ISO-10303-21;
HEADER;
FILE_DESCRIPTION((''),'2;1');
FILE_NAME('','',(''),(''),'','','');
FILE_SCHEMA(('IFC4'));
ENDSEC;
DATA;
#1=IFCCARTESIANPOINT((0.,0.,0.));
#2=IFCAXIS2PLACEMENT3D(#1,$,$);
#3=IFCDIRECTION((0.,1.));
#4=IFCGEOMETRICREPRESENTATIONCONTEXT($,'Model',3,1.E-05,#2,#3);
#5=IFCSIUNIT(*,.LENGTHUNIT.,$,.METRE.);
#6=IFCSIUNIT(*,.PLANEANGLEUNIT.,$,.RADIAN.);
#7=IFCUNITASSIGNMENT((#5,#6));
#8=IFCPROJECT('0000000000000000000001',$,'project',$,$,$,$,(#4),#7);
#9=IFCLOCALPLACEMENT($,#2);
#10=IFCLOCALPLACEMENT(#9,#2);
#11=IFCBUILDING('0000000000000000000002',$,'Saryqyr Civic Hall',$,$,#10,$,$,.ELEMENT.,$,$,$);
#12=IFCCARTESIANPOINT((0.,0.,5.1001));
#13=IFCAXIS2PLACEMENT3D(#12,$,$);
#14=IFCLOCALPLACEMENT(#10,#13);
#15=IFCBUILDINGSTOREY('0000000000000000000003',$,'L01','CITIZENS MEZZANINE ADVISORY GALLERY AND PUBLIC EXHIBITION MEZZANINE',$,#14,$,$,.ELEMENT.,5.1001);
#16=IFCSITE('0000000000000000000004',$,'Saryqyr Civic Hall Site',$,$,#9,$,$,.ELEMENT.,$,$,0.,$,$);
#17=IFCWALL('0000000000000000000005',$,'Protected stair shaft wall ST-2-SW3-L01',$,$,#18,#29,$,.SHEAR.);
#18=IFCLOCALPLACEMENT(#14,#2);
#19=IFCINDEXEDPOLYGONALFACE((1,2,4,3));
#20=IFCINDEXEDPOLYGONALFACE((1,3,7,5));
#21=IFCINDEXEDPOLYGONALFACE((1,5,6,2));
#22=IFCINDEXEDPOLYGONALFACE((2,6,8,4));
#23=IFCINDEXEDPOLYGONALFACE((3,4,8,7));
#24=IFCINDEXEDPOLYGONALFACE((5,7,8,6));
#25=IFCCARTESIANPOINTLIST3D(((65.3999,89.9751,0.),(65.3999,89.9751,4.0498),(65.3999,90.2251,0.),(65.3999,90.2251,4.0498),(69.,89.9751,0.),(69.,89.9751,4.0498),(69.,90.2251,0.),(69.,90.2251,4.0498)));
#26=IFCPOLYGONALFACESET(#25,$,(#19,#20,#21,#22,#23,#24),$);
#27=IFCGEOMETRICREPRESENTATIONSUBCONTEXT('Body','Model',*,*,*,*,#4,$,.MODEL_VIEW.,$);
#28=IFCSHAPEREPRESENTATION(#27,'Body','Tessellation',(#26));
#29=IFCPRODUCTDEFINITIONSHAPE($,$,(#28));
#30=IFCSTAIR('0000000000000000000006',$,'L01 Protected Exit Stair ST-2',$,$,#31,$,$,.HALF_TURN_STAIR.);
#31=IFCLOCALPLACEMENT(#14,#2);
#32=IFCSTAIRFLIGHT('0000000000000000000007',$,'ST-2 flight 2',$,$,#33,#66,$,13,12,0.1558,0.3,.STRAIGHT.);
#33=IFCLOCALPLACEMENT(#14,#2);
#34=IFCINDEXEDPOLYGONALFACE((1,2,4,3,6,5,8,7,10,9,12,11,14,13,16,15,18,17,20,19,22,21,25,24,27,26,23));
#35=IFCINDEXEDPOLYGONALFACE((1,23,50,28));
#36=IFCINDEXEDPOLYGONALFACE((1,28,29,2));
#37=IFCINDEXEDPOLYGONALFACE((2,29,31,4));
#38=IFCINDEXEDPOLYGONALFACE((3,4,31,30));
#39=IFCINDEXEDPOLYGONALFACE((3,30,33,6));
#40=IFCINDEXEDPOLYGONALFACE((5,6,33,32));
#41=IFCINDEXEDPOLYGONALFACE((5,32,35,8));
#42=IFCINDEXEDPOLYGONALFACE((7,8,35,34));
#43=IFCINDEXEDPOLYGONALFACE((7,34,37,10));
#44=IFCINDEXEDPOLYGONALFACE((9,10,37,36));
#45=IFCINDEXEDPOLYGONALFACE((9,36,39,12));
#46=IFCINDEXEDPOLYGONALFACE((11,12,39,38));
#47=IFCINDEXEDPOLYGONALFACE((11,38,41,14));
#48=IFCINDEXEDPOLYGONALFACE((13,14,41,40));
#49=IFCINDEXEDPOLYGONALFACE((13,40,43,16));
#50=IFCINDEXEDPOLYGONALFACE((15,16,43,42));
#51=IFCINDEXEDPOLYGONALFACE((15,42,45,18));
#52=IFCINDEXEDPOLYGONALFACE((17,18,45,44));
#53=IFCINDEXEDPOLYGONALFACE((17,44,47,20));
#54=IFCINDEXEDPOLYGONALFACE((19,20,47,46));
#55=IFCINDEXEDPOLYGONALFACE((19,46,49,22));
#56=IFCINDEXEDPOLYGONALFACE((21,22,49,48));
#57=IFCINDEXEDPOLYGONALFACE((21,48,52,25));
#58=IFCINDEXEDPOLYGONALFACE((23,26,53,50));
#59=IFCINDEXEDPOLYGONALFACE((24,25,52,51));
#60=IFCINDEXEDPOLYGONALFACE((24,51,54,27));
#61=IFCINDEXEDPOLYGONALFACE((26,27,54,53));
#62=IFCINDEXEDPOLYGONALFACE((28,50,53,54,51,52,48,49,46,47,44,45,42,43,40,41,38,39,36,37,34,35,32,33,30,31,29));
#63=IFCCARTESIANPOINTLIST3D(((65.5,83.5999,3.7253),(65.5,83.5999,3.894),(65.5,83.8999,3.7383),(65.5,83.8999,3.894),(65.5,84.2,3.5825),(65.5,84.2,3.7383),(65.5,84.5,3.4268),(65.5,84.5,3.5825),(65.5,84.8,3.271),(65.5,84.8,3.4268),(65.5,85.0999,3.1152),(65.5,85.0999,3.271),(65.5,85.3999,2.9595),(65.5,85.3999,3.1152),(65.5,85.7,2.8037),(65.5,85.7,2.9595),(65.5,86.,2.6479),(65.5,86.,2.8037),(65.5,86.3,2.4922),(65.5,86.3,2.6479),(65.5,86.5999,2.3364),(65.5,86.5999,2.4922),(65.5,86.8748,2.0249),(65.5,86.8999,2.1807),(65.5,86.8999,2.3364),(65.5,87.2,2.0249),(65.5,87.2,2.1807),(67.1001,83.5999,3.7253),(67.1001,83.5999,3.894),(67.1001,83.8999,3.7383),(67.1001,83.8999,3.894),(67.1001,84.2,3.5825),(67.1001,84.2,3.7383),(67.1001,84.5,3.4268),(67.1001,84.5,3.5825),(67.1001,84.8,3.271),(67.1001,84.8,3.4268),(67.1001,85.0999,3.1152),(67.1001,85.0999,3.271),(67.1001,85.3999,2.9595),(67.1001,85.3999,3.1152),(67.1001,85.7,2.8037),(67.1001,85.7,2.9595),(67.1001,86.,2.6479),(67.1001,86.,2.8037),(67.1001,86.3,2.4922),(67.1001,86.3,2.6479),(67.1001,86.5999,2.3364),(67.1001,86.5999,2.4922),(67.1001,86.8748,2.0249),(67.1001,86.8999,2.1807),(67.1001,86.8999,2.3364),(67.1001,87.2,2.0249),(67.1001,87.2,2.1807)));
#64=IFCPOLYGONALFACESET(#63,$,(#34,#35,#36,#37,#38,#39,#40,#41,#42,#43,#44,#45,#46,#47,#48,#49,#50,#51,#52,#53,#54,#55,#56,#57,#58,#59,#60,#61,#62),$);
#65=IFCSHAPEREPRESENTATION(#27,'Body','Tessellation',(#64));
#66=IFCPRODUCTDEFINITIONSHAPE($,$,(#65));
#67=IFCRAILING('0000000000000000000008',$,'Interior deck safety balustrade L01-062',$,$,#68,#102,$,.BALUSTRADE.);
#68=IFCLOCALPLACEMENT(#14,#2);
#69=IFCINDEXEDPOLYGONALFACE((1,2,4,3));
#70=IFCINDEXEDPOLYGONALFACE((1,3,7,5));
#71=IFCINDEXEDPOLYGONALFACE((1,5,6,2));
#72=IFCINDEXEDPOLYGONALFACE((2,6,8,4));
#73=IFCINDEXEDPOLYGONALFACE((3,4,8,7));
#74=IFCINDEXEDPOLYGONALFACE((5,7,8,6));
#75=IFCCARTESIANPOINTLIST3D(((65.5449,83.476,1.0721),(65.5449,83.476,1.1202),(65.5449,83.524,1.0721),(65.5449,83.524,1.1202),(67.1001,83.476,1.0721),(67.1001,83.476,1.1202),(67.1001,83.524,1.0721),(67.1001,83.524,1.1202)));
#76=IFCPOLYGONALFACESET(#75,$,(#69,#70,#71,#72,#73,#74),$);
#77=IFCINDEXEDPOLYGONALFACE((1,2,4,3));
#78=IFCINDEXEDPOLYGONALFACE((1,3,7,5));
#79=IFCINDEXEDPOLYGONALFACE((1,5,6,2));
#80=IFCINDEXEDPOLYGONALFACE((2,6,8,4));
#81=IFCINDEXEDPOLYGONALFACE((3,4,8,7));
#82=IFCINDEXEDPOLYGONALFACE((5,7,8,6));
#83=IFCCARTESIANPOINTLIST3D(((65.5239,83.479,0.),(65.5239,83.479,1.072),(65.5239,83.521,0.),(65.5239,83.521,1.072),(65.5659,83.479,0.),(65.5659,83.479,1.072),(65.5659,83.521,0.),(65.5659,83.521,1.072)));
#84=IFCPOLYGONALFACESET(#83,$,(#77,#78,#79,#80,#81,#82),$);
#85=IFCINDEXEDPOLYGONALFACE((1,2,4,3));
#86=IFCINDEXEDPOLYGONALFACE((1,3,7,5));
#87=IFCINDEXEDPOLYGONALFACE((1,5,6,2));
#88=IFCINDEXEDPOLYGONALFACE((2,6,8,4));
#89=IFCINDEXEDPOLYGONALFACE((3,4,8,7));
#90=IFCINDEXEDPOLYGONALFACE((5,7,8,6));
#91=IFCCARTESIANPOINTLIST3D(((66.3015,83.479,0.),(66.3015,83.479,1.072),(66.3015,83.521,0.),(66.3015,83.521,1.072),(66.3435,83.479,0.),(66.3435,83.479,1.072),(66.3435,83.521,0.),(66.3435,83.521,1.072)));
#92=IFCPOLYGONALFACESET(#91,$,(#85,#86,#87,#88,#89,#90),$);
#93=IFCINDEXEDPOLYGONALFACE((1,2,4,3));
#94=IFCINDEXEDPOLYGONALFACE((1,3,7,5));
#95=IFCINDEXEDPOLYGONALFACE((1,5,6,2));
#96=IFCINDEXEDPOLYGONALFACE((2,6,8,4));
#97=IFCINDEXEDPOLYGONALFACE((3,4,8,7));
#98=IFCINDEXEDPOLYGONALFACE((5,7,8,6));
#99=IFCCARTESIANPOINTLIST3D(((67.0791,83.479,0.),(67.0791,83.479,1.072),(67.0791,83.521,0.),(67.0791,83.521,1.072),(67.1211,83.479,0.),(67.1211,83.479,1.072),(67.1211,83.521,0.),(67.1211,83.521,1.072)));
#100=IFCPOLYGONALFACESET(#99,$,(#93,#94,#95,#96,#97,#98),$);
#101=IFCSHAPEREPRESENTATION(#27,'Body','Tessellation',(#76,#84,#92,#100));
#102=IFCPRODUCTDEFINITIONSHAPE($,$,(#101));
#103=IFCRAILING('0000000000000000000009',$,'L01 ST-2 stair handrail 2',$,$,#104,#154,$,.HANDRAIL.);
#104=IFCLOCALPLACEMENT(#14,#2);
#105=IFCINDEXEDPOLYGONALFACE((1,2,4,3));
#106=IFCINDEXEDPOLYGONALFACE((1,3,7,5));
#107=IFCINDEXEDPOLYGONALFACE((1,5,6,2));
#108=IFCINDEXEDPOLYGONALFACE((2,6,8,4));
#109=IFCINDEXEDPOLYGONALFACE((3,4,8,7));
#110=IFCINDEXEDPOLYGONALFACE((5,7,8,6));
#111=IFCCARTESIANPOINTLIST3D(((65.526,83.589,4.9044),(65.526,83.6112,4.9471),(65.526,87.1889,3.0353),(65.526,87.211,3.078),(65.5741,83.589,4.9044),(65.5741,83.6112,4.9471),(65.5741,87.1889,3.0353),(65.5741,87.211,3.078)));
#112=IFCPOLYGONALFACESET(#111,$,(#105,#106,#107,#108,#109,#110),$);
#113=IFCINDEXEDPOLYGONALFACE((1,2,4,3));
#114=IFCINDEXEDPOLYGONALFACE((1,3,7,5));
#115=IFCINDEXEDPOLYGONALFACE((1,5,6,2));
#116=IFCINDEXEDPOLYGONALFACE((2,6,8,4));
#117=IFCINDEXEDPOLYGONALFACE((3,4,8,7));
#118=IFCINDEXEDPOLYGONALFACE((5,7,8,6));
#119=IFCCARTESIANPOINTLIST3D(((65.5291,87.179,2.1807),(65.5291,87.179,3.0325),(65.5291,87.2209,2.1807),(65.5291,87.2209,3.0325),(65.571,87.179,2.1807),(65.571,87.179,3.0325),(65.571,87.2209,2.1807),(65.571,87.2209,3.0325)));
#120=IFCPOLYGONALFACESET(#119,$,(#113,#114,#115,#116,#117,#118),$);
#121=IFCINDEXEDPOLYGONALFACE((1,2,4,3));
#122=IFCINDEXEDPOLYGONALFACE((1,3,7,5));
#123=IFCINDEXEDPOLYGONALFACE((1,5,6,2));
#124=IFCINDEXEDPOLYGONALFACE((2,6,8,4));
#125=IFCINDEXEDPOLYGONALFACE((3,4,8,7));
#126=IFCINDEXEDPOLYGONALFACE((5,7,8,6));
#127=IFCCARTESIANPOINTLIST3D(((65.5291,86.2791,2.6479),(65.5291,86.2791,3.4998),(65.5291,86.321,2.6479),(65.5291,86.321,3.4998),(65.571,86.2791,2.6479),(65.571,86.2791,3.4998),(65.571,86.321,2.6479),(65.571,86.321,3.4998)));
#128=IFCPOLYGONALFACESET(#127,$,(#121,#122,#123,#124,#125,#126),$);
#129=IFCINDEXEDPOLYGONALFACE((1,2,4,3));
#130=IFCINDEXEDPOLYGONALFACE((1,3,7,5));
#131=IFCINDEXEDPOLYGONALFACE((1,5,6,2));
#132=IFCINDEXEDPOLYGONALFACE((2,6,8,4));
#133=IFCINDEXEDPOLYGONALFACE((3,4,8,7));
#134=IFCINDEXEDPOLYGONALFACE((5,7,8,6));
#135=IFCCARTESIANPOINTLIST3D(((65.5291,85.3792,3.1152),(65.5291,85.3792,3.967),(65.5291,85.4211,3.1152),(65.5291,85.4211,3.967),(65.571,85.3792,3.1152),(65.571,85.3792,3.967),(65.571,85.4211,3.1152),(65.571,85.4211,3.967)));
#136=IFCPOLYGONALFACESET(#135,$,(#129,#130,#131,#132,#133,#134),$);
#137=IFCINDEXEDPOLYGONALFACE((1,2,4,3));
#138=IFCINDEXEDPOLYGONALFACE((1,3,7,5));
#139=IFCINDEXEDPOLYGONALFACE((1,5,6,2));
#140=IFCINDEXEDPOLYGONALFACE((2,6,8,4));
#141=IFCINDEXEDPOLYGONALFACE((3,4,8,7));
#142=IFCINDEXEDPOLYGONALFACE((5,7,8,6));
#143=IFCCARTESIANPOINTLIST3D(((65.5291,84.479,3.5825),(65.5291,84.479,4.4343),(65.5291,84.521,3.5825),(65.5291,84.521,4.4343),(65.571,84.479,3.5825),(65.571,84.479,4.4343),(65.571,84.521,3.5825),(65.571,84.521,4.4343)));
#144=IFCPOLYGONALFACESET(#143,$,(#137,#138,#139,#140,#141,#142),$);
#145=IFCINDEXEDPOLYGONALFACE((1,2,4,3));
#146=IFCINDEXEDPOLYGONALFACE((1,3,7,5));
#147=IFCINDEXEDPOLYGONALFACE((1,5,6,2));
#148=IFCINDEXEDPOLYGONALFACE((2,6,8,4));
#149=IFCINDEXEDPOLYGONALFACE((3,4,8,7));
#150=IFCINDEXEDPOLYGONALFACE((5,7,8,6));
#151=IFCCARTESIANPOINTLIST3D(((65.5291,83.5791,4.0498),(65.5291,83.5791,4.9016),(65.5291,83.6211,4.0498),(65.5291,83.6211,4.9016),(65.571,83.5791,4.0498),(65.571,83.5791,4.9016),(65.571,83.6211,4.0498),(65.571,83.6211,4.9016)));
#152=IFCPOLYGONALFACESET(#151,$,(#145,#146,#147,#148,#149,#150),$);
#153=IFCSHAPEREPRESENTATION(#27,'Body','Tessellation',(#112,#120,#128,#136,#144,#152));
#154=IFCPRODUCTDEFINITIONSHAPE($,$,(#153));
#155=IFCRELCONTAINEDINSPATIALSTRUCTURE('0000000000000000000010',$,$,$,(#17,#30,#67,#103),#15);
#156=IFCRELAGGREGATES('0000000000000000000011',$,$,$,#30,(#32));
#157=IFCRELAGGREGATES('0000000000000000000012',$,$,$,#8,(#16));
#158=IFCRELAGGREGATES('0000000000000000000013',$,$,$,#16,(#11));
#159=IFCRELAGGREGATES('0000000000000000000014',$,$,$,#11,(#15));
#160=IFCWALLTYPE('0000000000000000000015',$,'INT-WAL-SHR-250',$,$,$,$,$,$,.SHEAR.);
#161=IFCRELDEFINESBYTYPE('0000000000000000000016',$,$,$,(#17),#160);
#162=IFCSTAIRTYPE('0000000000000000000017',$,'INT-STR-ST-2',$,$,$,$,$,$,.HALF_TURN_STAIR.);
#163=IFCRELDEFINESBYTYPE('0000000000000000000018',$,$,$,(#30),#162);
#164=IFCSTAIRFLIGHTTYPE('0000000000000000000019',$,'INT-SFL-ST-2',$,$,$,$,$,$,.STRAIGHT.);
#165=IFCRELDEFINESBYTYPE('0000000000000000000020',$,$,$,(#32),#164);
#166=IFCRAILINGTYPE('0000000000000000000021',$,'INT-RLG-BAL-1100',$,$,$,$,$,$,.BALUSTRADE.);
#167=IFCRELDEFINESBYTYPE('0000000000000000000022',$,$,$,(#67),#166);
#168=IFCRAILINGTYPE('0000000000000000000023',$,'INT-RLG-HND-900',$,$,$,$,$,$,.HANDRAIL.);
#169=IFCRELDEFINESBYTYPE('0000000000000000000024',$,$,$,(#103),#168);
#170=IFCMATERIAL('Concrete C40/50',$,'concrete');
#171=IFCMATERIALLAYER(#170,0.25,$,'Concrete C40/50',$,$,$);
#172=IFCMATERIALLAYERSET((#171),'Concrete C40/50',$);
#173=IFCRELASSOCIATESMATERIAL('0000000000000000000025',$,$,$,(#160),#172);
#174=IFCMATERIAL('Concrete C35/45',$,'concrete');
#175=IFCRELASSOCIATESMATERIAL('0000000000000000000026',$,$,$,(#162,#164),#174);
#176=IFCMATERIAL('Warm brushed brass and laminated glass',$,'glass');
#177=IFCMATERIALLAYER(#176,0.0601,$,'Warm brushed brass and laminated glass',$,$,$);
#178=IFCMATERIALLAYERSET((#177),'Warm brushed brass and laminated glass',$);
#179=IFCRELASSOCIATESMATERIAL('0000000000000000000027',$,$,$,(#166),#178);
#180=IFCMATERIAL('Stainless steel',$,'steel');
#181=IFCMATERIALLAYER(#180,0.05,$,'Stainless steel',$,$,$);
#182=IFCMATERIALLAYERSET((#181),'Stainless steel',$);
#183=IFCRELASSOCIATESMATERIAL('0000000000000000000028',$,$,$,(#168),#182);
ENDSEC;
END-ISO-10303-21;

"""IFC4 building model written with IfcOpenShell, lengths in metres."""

from ifc_helpers import new_model, si_unit, direction, frame, frame_2d, origin, origin_2d, place, context, subcontext, project, spatial, polyline, rectangle, outline, extrude, material, layer, layer_set, type_object, element, aggregate, save


model = new_model("IFC4")

# Units and contexts
model_context = context("Model", 3, precision=1e-05, world=origin(), true_north=direction((0.0, 1.0)))
body_context = subcontext(model_context, "Body", "Model", "MODEL_VIEW")
ifc_project = project(units=[si_unit("LENGTHUNIT", "METRE"), si_unit("PLANEANGLEUNIT", "RADIAN")], contexts=[model_context])

# Site, building, storey
site_placement = place(None, origin())
site = spatial("IfcSite", under=ifc_project, at=site_placement, Name="Saryqyr Civic Hall Site", CompositionType="ELEMENT", RefElevation=0.0)
building_placement = place(site_placement, origin())
building = spatial("IfcBuilding", under=site, at=building_placement, Name="Saryqyr Civic Hall", CompositionType="ELEMENT")
storey_placement = place(building_placement, frame((0.0, 0.0, 5.1001)))
storey = spatial("IfcBuildingStorey", under=building, at=storey_placement, Name="L01", Description="CITIZENS MEZZANINE ADVISORY GALLERY AND PUBLIC EXHIBITION MEZZANINE", CompositionType="ELEMENT", Elevation=5.1001)

# Shared definitions
ifc_material_1 = material(Name="Concrete C40/50", Category="concrete")

# Wall
ifc_layer_1 = layer(ifc_material_1, 0.25, Name="Concrete C40/50")
ifc_layer_set_1 = layer_set([ifc_layer_1], Name="Concrete C40/50")
wall_type_1 = type_object("IfcWallType", Name="INT-WAL-SHR-250", PredefinedType="SHEAR", material=ifc_layer_set_1)
wall_1_placement = place(storey_placement, frame((65.3999, 90.1001, 0.0), z_axis=(0.0, 0.0, 1.0), x_axis=(1.0, 0.0, 0.0)))
element("IfcWall", 1, at=wall_1_placement, inside=storey, type_object=wall_type_1, Name="Protected stair shaft wall ST-2-SW3-L01", PredefinedType="SHEAR", context=body_context, shape_type="SweptSolid", body=[
    extrude(rectangle(XDim=3.6001, YDim=0.25, at=frame_2d((1.8, 0.0))), origin(), (0.0, 0.0, 1.0), 4.0498),
])

# Stair, stair flight
ifc_material_2 = material(Name="Concrete C35/45", Category="concrete")
stair_type = type_object("IfcStairType", Name="INT-STR-ST-2", PredefinedType="HALF_TURN_STAIR", material=ifc_material_2)
stair_placement = place(storey_placement, origin())
stair = element("IfcStair", 2, at=stair_placement, inside=storey, type_object=stair_type, Name="L01 Protected Exit Stair ST-2", PredefinedType="HALF_TURN_STAIR")
stair_flight_type = type_object("IfcStairFlightType", Name="INT-SFL-ST-2", PredefinedType="STRAIGHT", material=ifc_material_2)
stair_flight_placement = place(storey_placement, frame((66.3, 87.2, 2.0249), z_axis=(0.0, 0.0, 1.0), x_axis=(0.0, -1.0, 0.0)))
stair_flight = element("IfcStairFlight", 3, at=stair_flight_placement, type_object=stair_flight_type, Name="ST-2 flight 2", NumberOfRisers=13, NumberOfTreads=12, PredefinedType="STRAIGHT", RiserHeight=0.1558, TreadLength=0.3, context=body_context, shape_type="SweptSolid", body=[
    extrude(outline(polyline([(0.0, 0.0), (0.0, 0.1558), (0.3, 0.1558), (0.3, 0.3115), (0.6001, 0.3115), (0.6001, 0.4673), (0.8999, 0.4673), (0.8999, 0.623), (1.2, 0.623), (1.2, 0.7788), (1.5, 0.7788), (1.5, 0.9346), (1.8, 0.9346), (1.8, 1.0903), (2.1001, 1.0903), (2.1001, 1.2461), (2.3999, 1.2461), (2.3999, 1.4019), (2.7, 1.4019), (2.7, 1.5576), (3.0, 1.5576), (3.0, 1.7134), (3.3, 1.7134), (3.3, 1.8691), (3.6001, 1.8691), (3.6001, 2.0249), (3.6001, 1.7004), (0.3252, 0.0), (0.0, 0.0)])), frame((0.0, 0.8, 0.0), z_axis=(0.0, -1.0, 0.0), x_axis=(1.0, 0.0, 0.0)), (0.0, 0.0, 1.0), 1.6001),
])
aggregate(stair, [stair_flight])

# Railings
ifc_material_3 = material(Name="Warm brushed brass and laminated glass", Category="glass")
ifc_layer_2 = layer(ifc_material_3, 0.0601, Name="Warm brushed brass and laminated glass")
ifc_layer_set_2 = layer_set([ifc_layer_2], Name="Warm brushed brass and laminated glass")
railing_type_1 = type_object("IfcRailingType", Name="INT-RLG-BAL-1100", PredefinedType="BALUSTRADE", material=ifc_layer_set_2)
railing_1_placement = place(storey_placement, frame((65.5449, 83.5, 0.0)))
element("IfcRailing", 4, at=railing_1_placement, inside=storey, type_object=railing_type_1, Name="Interior deck safety balustrade L01-062", PredefinedType="BALUSTRADE", context=body_context, shape_type="SweptSolid", body=[
    extrude(rectangle(XDim=0.0481, YDim=0.0481, at=origin_2d()), frame((0.0, 0.0, 1.0962), z_axis=(1.0, 0.0, 0.0), x_axis=(0.0, 1.0, 0.0)), (0.0, 0.0, 1.0), 1.5552),
    extrude(rectangle(XDim=0.042, YDim=0.042, at=origin_2d()), origin(), (0.0, 0.0, 1.0), 1.072),
    extrude(rectangle(XDim=0.042, YDim=0.042, at=origin_2d()), frame((0.7776, 0.0, 0.0)), (0.0, 0.0, 1.0), 1.072),
    extrude(rectangle(XDim=0.042, YDim=0.042, at=origin_2d()), frame((1.5552, 0.0, 0.0)), (0.0, 0.0, 1.0), 1.072),
])
ifc_material_4 = material(Name="Stainless steel", Category="steel")
ifc_layer_3 = layer(ifc_material_4, 0.05, Name="Stainless steel")
ifc_layer_set_3 = layer_set([ifc_layer_3], Name="Stainless steel")
railing_type_2 = type_object("IfcRailingType", Name="INT-RLG-HND-900", PredefinedType="HANDRAIL", material=ifc_layer_set_3)
railing_2_placement = place(storey_placement, frame((65.55, 87.2, 2.1807)))
element("IfcRailing", 5, at=railing_2_placement, inside=storey, type_object=railing_type_2, Name="L01 ST-2 stair handrail 2", PredefinedType="HANDRAIL", context=body_context, shape_type="SweptSolid", body=[
    extrude(rectangle(XDim=0.0481, YDim=0.0481, at=origin_2d()), frame((0.0, 0.0, 0.876), z_axis=(0.0, -0.887497, 0.460813), x_axis=(1.0, 0.0, 0.0)), (0.0, 0.0, 1.0), 4.0562),
    extrude(rectangle(XDim=0.042, YDim=0.042, at=origin_2d()), origin(), (0.0, 0.0, 1.0), 0.8518),
    extrude(rectangle(XDim=0.042, YDim=0.042, at=origin_2d()), frame((0.0, -0.8999, 0.4673)), (0.0, 0.0, 1.0), 0.8518),
    extrude(rectangle(XDim=0.042, YDim=0.042, at=origin_2d()), frame((0.0, -1.7998, 0.9346)), (0.0, 0.0, 1.0), 0.8518),
    extrude(rectangle(XDim=0.042, YDim=0.042, at=origin_2d()), frame((0.0, -2.7, 1.4019)), (0.0, 0.0, 1.0), 0.8518),
    extrude(rectangle(XDim=0.042, YDim=0.042, at=origin_2d()), frame((0.0, -3.5999, 1.8691)), (0.0, 0.0, 1.0), 0.8518),
])

save(model, "model.ifc")
